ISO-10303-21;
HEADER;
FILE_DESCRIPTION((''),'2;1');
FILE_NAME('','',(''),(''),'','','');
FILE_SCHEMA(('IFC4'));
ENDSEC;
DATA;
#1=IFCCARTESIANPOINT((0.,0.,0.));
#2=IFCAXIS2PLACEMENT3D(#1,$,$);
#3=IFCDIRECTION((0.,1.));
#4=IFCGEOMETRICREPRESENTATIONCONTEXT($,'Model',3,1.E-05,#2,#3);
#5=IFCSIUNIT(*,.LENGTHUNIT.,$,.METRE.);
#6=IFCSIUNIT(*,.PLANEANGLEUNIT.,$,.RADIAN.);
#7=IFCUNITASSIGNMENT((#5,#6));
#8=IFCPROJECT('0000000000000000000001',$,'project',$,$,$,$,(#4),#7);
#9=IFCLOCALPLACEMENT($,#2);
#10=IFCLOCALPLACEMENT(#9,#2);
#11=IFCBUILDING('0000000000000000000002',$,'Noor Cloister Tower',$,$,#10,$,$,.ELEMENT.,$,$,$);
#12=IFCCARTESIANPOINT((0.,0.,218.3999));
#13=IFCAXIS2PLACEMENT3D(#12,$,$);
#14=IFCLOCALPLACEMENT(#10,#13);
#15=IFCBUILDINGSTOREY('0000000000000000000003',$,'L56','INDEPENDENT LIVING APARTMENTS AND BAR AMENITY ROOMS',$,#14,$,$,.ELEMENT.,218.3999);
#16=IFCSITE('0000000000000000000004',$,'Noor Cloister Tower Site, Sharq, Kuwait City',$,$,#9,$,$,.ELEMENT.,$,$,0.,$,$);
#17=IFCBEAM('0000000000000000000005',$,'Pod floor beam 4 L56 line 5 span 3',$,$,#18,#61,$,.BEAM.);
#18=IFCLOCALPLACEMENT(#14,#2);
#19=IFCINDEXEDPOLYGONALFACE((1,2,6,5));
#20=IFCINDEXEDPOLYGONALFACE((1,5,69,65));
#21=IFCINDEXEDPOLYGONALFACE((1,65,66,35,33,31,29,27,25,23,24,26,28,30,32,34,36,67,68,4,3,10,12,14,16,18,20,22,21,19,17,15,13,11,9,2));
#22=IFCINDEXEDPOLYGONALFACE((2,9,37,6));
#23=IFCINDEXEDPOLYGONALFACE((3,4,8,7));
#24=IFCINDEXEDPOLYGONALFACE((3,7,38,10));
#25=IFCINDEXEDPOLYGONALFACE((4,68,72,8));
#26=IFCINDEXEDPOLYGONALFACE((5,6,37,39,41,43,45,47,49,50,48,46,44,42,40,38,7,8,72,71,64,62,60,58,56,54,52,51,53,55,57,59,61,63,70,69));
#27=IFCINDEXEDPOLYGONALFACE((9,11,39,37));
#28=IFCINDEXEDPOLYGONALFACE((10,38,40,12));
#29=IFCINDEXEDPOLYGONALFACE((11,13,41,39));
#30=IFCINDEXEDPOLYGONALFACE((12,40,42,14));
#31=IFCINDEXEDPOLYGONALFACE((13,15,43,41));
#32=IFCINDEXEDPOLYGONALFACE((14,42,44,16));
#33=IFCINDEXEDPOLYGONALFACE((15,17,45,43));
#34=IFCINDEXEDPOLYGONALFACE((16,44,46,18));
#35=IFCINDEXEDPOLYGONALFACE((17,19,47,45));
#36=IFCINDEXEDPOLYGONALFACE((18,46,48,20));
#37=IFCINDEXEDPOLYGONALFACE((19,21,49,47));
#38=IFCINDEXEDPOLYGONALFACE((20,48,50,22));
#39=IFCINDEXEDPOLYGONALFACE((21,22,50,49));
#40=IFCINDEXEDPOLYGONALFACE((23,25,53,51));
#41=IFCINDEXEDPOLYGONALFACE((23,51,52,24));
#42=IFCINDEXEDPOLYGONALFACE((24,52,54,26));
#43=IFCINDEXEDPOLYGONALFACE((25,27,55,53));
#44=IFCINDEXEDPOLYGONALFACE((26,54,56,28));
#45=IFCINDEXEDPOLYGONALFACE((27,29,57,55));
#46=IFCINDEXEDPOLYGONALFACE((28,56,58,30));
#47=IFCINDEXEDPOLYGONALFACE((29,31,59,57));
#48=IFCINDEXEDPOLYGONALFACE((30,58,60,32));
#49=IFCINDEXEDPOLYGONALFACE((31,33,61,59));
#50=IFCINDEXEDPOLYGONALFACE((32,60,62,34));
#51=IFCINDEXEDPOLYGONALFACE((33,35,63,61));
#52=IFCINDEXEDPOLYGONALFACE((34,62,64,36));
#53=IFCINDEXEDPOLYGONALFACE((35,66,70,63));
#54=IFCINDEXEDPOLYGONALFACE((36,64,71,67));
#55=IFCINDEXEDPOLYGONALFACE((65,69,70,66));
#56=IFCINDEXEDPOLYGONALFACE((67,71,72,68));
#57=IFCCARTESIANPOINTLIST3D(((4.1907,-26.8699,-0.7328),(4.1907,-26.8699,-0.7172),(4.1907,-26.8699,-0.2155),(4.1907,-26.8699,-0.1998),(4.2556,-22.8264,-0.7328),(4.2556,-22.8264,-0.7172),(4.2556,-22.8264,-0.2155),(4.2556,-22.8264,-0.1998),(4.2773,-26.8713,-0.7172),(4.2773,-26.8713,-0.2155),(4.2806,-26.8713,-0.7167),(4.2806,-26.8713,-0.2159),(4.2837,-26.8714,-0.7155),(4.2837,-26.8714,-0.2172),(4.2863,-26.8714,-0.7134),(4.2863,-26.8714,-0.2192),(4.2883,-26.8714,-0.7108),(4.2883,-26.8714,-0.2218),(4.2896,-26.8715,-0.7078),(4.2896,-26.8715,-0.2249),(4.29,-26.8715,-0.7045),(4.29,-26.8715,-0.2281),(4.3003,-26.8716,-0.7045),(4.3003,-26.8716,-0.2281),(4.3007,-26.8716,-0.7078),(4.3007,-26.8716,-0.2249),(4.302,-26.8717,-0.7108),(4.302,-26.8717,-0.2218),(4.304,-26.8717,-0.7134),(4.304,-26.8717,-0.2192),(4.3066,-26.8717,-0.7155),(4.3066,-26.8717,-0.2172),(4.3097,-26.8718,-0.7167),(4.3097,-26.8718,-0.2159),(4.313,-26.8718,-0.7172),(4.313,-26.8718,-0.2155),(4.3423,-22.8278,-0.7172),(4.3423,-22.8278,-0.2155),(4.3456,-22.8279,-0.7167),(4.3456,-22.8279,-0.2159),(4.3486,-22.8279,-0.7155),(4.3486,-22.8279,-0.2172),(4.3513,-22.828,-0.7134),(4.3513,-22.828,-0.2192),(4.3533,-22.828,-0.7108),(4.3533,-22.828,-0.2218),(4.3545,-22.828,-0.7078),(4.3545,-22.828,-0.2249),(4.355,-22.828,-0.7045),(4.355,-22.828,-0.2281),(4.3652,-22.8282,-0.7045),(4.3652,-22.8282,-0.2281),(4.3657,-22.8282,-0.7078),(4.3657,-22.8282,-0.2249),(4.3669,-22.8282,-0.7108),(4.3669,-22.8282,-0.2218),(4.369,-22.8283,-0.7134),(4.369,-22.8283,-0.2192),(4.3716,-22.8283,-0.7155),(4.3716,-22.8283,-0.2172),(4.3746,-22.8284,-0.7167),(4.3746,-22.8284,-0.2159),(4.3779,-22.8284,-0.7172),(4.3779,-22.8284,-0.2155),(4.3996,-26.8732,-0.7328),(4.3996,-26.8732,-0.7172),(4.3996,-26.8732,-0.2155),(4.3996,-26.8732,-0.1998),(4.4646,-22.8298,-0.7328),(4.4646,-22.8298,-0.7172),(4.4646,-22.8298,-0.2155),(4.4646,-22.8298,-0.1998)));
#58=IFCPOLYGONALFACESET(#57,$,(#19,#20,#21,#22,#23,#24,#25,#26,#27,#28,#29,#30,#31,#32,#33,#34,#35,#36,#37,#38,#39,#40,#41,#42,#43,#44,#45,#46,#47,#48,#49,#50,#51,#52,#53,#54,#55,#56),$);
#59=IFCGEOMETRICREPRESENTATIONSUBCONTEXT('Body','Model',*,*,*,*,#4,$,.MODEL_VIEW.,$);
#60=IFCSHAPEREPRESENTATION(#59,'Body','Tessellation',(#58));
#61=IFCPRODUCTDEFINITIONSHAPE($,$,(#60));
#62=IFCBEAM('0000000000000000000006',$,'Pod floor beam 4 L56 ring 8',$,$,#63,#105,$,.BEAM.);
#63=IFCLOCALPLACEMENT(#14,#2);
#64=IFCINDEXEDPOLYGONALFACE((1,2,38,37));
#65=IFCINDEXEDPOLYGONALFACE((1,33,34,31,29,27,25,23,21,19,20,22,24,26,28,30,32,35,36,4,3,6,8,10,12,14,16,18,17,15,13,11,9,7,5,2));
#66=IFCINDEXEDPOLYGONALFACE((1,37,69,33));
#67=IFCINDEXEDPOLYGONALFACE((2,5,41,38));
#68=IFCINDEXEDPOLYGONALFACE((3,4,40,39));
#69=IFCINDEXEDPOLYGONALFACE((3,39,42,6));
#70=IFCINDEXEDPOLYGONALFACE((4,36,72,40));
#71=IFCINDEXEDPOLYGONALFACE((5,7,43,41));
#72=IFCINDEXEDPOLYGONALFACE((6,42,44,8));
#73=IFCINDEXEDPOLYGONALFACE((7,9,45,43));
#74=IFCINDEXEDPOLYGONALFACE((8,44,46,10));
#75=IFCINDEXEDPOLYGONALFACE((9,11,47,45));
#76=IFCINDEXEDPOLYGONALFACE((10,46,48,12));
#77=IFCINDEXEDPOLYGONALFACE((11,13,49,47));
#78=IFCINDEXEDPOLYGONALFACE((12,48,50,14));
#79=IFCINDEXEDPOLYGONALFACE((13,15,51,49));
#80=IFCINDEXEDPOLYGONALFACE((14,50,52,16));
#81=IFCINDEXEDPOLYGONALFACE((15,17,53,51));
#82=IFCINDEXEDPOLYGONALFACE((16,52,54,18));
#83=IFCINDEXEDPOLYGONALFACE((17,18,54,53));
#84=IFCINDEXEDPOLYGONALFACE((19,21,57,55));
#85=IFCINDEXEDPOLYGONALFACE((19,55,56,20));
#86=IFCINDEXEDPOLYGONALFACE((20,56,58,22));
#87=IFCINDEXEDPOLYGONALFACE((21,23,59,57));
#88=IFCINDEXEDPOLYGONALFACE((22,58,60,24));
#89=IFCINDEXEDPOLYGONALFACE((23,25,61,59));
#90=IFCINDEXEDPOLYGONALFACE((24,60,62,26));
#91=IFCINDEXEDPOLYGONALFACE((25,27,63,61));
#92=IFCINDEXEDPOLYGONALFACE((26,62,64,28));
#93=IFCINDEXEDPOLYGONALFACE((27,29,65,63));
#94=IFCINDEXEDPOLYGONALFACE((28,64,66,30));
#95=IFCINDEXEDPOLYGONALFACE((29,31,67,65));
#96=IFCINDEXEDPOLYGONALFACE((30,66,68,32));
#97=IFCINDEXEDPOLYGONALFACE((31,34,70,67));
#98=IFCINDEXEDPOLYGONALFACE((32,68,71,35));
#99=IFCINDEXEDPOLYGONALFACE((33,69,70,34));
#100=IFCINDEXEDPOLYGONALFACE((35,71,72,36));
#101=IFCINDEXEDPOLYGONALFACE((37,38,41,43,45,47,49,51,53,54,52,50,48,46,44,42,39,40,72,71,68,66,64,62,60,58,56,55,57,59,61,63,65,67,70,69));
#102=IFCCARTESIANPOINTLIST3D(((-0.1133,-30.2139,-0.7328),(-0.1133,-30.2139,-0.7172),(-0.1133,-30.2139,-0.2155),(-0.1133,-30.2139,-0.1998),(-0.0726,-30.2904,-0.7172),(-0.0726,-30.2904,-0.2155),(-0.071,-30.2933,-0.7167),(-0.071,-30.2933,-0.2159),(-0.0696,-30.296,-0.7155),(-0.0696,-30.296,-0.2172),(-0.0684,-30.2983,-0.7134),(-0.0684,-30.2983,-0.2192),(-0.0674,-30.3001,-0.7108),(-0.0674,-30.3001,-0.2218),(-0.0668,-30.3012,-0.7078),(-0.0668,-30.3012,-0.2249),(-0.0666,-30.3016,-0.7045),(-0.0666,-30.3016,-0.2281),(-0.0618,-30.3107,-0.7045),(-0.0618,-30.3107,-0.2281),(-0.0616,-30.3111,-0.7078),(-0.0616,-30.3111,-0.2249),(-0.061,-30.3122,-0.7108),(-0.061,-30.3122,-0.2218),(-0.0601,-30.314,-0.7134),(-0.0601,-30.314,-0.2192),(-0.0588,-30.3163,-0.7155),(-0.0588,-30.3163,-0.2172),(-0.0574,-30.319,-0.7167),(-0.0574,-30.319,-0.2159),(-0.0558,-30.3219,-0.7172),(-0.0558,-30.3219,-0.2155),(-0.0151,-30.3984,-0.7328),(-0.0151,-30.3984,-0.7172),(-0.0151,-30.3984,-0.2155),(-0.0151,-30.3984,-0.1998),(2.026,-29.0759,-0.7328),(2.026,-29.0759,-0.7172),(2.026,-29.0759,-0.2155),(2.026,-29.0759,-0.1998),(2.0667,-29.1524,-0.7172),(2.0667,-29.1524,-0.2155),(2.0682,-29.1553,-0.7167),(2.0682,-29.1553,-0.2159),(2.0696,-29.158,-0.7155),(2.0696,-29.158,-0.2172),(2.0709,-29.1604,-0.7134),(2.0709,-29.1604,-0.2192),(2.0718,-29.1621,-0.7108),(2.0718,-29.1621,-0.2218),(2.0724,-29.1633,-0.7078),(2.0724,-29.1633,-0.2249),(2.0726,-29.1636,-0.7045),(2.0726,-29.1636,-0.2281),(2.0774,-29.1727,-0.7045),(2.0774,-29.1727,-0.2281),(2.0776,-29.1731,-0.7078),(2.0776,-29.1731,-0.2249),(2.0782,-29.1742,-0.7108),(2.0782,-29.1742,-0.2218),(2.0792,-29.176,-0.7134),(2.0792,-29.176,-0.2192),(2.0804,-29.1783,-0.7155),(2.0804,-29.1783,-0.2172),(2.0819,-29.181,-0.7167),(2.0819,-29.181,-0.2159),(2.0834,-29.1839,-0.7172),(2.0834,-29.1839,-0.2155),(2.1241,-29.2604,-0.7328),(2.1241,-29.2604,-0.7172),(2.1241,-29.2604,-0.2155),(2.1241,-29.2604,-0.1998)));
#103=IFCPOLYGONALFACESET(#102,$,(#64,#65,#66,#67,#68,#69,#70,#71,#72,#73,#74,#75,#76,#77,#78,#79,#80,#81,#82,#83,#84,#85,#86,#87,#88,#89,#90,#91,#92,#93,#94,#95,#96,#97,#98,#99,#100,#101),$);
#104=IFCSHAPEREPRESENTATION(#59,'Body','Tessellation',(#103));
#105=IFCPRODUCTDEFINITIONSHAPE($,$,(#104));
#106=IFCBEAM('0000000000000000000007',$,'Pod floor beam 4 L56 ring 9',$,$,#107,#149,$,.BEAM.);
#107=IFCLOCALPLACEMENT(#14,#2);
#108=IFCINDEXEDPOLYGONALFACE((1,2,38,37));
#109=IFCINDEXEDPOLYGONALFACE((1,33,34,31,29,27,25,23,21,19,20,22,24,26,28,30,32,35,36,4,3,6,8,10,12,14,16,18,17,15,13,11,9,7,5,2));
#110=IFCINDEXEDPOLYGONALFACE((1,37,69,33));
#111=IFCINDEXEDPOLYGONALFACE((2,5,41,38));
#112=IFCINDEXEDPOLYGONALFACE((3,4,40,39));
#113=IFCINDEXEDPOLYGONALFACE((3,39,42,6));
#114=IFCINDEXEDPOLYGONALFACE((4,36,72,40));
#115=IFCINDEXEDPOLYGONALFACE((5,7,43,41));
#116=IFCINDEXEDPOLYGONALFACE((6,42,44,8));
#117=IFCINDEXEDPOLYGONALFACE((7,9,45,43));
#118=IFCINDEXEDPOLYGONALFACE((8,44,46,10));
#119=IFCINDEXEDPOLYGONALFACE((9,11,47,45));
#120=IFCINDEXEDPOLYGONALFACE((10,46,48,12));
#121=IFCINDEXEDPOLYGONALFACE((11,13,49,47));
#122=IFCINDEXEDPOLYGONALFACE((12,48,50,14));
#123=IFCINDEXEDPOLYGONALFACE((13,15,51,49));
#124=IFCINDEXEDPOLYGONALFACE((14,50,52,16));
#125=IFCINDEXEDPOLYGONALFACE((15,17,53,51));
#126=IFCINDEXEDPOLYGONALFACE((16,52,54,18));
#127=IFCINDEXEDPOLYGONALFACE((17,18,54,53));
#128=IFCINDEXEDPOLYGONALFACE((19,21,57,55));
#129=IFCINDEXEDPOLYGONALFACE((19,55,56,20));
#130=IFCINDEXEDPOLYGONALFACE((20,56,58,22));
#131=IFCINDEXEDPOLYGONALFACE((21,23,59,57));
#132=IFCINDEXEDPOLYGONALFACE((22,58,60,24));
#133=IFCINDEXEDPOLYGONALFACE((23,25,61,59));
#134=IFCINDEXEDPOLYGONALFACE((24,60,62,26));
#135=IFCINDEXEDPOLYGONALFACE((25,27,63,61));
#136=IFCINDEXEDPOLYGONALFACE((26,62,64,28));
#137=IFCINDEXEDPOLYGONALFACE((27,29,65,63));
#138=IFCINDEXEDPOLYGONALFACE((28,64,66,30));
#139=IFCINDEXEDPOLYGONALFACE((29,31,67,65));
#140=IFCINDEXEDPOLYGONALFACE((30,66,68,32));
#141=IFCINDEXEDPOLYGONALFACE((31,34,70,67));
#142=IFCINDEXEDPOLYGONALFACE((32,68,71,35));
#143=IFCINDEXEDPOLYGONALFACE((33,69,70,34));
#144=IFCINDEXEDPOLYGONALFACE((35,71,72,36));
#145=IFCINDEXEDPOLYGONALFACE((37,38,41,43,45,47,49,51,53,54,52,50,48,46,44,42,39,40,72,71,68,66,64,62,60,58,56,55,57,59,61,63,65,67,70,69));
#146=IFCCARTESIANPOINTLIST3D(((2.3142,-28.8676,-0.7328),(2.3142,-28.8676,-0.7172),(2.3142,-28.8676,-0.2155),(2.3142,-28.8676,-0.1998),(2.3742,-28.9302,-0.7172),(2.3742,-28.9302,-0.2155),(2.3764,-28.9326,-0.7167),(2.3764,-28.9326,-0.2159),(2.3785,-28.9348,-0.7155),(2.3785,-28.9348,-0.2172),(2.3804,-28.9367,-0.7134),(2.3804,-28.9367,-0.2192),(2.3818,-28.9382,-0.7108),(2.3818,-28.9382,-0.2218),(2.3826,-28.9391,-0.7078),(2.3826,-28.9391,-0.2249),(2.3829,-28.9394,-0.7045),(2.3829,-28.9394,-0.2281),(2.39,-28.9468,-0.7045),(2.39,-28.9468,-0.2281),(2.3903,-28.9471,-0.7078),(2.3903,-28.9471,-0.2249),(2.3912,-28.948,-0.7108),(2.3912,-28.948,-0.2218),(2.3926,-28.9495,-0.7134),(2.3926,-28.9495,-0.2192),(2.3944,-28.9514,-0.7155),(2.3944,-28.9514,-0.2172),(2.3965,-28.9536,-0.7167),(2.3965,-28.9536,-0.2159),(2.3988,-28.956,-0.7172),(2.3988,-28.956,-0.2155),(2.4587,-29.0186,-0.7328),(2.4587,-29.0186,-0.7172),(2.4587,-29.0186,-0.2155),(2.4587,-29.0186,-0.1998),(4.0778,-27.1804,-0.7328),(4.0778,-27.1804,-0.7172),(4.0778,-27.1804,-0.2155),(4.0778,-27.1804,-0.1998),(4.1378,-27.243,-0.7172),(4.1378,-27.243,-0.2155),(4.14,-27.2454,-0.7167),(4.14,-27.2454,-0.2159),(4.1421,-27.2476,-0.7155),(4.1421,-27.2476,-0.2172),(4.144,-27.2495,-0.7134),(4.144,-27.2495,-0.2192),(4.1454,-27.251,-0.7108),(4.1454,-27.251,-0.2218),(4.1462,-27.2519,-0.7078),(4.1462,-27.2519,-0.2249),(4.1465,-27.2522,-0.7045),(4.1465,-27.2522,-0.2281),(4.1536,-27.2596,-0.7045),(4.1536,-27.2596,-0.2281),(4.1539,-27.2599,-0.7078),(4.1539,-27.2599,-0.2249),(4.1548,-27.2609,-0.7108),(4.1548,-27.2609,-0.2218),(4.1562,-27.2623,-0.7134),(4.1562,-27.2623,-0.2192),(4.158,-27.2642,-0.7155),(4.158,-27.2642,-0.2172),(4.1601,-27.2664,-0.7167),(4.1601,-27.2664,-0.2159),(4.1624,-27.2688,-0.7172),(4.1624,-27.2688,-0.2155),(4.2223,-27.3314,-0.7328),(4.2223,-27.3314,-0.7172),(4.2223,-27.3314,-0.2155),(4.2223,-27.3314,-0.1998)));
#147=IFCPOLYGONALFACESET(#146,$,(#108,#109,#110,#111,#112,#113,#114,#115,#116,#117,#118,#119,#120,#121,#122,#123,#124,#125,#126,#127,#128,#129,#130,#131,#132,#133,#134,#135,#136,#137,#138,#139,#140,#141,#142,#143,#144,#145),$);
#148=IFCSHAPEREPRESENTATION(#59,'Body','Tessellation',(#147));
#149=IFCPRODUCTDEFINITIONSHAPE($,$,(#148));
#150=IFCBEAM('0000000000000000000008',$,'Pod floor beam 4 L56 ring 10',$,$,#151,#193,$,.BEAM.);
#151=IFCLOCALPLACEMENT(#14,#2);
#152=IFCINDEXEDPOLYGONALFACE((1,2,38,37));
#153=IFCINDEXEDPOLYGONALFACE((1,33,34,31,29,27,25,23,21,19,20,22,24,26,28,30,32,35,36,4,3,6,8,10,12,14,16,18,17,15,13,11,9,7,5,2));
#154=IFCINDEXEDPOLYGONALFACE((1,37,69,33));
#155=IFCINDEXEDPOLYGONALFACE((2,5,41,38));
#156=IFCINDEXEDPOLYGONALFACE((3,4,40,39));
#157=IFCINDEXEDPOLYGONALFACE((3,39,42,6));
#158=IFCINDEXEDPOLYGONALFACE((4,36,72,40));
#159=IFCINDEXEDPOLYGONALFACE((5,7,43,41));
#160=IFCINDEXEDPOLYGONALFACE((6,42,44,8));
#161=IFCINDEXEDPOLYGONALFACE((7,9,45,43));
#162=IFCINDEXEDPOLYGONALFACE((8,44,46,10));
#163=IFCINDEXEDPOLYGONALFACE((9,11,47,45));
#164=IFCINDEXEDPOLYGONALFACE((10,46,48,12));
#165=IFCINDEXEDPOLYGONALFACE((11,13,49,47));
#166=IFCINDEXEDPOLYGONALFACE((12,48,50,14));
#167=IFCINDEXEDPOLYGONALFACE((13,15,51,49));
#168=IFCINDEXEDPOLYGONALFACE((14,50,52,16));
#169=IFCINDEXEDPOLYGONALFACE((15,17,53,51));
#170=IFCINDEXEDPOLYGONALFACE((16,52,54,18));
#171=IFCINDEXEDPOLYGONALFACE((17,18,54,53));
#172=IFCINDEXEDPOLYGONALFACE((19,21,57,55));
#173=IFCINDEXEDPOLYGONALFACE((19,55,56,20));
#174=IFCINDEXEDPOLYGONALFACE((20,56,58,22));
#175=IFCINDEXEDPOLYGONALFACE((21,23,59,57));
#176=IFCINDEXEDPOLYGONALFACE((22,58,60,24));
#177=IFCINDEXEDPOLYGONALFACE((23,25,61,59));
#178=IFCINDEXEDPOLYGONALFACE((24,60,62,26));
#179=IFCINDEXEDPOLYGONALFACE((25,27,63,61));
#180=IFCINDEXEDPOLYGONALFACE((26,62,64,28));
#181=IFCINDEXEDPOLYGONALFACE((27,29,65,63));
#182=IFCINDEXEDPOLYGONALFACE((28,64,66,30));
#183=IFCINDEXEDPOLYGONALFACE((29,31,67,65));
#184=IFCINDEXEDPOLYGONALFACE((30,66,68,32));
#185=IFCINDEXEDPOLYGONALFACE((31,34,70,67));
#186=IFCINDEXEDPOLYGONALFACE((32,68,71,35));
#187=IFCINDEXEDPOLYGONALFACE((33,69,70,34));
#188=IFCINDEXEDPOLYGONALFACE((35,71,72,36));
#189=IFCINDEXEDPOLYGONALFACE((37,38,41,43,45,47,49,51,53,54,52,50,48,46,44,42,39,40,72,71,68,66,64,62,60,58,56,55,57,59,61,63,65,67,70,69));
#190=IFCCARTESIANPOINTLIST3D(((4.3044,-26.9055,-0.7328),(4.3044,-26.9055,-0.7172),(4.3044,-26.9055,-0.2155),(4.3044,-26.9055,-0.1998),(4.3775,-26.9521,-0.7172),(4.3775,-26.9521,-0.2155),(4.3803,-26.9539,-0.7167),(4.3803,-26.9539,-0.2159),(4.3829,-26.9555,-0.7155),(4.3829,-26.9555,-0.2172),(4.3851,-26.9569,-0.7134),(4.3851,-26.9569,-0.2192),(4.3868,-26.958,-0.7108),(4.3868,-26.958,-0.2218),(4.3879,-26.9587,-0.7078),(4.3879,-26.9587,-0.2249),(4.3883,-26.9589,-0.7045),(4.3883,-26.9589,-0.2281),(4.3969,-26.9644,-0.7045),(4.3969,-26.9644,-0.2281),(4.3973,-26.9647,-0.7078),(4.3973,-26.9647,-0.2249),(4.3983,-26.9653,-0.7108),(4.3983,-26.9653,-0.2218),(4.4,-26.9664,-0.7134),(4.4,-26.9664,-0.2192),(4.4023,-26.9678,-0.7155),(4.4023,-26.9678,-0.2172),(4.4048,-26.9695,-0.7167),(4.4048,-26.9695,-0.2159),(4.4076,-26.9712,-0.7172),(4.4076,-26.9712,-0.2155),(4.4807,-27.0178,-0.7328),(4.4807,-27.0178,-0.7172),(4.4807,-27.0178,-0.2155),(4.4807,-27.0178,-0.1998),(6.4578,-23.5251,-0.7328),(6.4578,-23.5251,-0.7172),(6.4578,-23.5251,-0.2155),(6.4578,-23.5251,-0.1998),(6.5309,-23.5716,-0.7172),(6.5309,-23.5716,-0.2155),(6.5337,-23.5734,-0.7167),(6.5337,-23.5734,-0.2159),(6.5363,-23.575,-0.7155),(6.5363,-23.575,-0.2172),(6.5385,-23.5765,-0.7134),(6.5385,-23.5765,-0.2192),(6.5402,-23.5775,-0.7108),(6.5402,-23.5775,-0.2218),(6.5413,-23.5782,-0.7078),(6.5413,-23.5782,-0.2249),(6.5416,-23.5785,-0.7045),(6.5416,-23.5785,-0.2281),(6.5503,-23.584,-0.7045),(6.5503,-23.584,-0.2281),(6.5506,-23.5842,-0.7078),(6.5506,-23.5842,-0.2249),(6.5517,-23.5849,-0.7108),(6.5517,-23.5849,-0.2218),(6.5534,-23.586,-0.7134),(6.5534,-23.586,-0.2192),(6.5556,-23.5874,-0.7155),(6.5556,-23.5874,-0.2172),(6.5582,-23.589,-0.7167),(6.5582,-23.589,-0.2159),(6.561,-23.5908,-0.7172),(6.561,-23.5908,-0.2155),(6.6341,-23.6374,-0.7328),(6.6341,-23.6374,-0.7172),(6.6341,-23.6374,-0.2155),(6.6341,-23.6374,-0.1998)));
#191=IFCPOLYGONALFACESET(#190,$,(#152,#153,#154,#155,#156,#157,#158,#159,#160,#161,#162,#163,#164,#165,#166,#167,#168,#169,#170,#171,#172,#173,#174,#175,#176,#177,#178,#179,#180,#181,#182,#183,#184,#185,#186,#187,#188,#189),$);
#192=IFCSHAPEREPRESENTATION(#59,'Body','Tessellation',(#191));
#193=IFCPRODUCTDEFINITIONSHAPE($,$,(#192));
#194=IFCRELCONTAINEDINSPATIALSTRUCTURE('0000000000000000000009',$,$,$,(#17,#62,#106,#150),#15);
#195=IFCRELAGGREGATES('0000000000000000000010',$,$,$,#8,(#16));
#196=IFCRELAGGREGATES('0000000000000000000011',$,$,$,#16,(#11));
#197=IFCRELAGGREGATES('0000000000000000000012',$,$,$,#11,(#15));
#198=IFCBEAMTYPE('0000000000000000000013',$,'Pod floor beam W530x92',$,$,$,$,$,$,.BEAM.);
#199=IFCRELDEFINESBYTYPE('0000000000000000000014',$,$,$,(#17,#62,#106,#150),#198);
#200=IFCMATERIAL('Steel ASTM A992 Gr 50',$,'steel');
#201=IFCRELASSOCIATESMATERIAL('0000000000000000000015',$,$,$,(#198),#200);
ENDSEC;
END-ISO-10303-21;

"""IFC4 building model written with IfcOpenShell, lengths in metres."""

from ifc_helpers import new_model, si_unit, direction, frame, origin, origin_2d, place, context, subcontext, project, spatial, i_section, extrude, material, material_profile, profile_set, type_object, element, save


model = new_model("IFC4")

# Units and contexts
model_context = context("Model", 3, precision=1e-05, world=origin(), true_north=direction((0.0, 1.0)))
body_context = subcontext(model_context, "Body", "Model", "MODEL_VIEW")
ifc_project = project(units=[si_unit("LENGTHUNIT", "METRE"), si_unit("PLANEANGLEUNIT", "RADIAN")], contexts=[model_context])

# Site, building, storey
site_placement = place(None, origin())
site = spatial("IfcSite", under=ifc_project, at=site_placement, Name="Noor Cloister Tower Site, Sharq, Kuwait City", CompositionType="ELEMENT", RefElevation=0.0)
building_placement = place(site_placement, origin())
building = spatial("IfcBuilding", under=site, at=building_placement, Name="Noor Cloister Tower", CompositionType="ELEMENT")
storey_placement = place(building_placement, frame((0.0, 0.0, 218.3999)))
storey = spatial("IfcBuildingStorey", under=building, at=storey_placement, Name="L56", Description="INDEPENDENT LIVING APARTMENTS AND BAR AMENITY ROOMS", CompositionType="ELEMENT", Elevation=218.3999)

# Beams
ifc_material_1 = material(Name="Steel ASTM A992 Gr 50", Category="steel")
ifc_material_profile_1 = material_profile(ifc_material_1, i_section(OverallWidth=0.209, OverallDepth=0.533, WebThickness=0.0103, FlangeThickness=0.0156, FilletRadius=0.0127, at=origin_2d()), Name="W530x92")
ifc_profile_set_1 = profile_set([ifc_material_profile_1], Name="Steel ASTM A992 Gr 50")
beam_type = type_object("IfcBeamType", Name="Pod floor beam W530x92", PredefinedType="BEAM", material=ifc_profile_set_1)
beam_1_placement = place(storey_placement, frame((4.3601, -22.8281, -0.4663), z_axis=(-0.016059, -0.999871, 0.0), x_axis=(0.999871, -0.016059, 0.0)))
element("IfcBeam", 1, at=beam_1_placement, inside=storey, type_object=beam_type, Name="Pod floor beam 4 L56 line 5 span 3", PredefinedType="BEAM", context=body_context, shape_type="SweptSolid", body=[
    extrude(i_section(OverallWidth=0.209, OverallDepth=0.533, WebThickness=0.0103, FlangeThickness=0.0156, FilletRadius=0.0127, at=origin_2d()), origin(), (0.0, 0.0, 1.0), 4.0439),
])
beam_2_placement = place(storey_placement, frame((-0.0642, -30.3062, -0.4663), z_axis=(0.882857, 0.469641, 0.0), x_axis=(-0.469641, 0.882857, 0.0)))
element("IfcBeam", 2, at=beam_2_placement, inside=storey, type_object=beam_type, Name="Pod floor beam 4 L56 ring 8", PredefinedType="BEAM", context=body_context, shape_type="SweptSolid", body=[
    extrude(i_section(OverallWidth=0.209, OverallDepth=0.533, WebThickness=0.0103, FlangeThickness=0.0156, FilletRadius=0.0127, at=origin_2d()), origin(), (0.0, 0.0, 1.0), 2.4231),
])
beam_3_placement = place(storey_placement, frame((2.3865, -28.9431, -0.4663), z_axis=(0.722588, 0.691279, 0.0), x_axis=(-0.691279, 0.722588, 0.0)))
element("IfcBeam", 3, at=beam_3_placement, inside=storey, type_object=beam_type, Name="Pod floor beam 4 L56 ring 9", PredefinedType="BEAM", context=body_context, shape_type="SweptSolid", body=[
    extrude(i_section(OverallWidth=0.209, OverallDepth=0.533, WebThickness=0.0103, FlangeThickness=0.0156, FilletRadius=0.0127, at=origin_2d()), origin(), (0.0, 0.0, 1.0), 2.4407),
])
beam_4_placement = place(storey_placement, frame((4.3926, -26.9617, -0.4663), z_axis=(0.537262, 0.843416, 0.0), x_axis=(-0.843416, 0.537262, 0.0)))
element("IfcBeam", 4, at=beam_4_placement, inside=storey, type_object=beam_type, Name="Pod floor beam 4 L56 ring 10", PredefinedType="BEAM", context=body_context, shape_type="SweptSolid", body=[
    extrude(i_section(OverallWidth=0.209, OverallDepth=0.533, WebThickness=0.0103, FlangeThickness=0.0156, FilletRadius=0.0127, at=origin_2d()), origin(), (0.0, 0.0, 1.0), 4.0081),
])

save(model, "model.ifc")
